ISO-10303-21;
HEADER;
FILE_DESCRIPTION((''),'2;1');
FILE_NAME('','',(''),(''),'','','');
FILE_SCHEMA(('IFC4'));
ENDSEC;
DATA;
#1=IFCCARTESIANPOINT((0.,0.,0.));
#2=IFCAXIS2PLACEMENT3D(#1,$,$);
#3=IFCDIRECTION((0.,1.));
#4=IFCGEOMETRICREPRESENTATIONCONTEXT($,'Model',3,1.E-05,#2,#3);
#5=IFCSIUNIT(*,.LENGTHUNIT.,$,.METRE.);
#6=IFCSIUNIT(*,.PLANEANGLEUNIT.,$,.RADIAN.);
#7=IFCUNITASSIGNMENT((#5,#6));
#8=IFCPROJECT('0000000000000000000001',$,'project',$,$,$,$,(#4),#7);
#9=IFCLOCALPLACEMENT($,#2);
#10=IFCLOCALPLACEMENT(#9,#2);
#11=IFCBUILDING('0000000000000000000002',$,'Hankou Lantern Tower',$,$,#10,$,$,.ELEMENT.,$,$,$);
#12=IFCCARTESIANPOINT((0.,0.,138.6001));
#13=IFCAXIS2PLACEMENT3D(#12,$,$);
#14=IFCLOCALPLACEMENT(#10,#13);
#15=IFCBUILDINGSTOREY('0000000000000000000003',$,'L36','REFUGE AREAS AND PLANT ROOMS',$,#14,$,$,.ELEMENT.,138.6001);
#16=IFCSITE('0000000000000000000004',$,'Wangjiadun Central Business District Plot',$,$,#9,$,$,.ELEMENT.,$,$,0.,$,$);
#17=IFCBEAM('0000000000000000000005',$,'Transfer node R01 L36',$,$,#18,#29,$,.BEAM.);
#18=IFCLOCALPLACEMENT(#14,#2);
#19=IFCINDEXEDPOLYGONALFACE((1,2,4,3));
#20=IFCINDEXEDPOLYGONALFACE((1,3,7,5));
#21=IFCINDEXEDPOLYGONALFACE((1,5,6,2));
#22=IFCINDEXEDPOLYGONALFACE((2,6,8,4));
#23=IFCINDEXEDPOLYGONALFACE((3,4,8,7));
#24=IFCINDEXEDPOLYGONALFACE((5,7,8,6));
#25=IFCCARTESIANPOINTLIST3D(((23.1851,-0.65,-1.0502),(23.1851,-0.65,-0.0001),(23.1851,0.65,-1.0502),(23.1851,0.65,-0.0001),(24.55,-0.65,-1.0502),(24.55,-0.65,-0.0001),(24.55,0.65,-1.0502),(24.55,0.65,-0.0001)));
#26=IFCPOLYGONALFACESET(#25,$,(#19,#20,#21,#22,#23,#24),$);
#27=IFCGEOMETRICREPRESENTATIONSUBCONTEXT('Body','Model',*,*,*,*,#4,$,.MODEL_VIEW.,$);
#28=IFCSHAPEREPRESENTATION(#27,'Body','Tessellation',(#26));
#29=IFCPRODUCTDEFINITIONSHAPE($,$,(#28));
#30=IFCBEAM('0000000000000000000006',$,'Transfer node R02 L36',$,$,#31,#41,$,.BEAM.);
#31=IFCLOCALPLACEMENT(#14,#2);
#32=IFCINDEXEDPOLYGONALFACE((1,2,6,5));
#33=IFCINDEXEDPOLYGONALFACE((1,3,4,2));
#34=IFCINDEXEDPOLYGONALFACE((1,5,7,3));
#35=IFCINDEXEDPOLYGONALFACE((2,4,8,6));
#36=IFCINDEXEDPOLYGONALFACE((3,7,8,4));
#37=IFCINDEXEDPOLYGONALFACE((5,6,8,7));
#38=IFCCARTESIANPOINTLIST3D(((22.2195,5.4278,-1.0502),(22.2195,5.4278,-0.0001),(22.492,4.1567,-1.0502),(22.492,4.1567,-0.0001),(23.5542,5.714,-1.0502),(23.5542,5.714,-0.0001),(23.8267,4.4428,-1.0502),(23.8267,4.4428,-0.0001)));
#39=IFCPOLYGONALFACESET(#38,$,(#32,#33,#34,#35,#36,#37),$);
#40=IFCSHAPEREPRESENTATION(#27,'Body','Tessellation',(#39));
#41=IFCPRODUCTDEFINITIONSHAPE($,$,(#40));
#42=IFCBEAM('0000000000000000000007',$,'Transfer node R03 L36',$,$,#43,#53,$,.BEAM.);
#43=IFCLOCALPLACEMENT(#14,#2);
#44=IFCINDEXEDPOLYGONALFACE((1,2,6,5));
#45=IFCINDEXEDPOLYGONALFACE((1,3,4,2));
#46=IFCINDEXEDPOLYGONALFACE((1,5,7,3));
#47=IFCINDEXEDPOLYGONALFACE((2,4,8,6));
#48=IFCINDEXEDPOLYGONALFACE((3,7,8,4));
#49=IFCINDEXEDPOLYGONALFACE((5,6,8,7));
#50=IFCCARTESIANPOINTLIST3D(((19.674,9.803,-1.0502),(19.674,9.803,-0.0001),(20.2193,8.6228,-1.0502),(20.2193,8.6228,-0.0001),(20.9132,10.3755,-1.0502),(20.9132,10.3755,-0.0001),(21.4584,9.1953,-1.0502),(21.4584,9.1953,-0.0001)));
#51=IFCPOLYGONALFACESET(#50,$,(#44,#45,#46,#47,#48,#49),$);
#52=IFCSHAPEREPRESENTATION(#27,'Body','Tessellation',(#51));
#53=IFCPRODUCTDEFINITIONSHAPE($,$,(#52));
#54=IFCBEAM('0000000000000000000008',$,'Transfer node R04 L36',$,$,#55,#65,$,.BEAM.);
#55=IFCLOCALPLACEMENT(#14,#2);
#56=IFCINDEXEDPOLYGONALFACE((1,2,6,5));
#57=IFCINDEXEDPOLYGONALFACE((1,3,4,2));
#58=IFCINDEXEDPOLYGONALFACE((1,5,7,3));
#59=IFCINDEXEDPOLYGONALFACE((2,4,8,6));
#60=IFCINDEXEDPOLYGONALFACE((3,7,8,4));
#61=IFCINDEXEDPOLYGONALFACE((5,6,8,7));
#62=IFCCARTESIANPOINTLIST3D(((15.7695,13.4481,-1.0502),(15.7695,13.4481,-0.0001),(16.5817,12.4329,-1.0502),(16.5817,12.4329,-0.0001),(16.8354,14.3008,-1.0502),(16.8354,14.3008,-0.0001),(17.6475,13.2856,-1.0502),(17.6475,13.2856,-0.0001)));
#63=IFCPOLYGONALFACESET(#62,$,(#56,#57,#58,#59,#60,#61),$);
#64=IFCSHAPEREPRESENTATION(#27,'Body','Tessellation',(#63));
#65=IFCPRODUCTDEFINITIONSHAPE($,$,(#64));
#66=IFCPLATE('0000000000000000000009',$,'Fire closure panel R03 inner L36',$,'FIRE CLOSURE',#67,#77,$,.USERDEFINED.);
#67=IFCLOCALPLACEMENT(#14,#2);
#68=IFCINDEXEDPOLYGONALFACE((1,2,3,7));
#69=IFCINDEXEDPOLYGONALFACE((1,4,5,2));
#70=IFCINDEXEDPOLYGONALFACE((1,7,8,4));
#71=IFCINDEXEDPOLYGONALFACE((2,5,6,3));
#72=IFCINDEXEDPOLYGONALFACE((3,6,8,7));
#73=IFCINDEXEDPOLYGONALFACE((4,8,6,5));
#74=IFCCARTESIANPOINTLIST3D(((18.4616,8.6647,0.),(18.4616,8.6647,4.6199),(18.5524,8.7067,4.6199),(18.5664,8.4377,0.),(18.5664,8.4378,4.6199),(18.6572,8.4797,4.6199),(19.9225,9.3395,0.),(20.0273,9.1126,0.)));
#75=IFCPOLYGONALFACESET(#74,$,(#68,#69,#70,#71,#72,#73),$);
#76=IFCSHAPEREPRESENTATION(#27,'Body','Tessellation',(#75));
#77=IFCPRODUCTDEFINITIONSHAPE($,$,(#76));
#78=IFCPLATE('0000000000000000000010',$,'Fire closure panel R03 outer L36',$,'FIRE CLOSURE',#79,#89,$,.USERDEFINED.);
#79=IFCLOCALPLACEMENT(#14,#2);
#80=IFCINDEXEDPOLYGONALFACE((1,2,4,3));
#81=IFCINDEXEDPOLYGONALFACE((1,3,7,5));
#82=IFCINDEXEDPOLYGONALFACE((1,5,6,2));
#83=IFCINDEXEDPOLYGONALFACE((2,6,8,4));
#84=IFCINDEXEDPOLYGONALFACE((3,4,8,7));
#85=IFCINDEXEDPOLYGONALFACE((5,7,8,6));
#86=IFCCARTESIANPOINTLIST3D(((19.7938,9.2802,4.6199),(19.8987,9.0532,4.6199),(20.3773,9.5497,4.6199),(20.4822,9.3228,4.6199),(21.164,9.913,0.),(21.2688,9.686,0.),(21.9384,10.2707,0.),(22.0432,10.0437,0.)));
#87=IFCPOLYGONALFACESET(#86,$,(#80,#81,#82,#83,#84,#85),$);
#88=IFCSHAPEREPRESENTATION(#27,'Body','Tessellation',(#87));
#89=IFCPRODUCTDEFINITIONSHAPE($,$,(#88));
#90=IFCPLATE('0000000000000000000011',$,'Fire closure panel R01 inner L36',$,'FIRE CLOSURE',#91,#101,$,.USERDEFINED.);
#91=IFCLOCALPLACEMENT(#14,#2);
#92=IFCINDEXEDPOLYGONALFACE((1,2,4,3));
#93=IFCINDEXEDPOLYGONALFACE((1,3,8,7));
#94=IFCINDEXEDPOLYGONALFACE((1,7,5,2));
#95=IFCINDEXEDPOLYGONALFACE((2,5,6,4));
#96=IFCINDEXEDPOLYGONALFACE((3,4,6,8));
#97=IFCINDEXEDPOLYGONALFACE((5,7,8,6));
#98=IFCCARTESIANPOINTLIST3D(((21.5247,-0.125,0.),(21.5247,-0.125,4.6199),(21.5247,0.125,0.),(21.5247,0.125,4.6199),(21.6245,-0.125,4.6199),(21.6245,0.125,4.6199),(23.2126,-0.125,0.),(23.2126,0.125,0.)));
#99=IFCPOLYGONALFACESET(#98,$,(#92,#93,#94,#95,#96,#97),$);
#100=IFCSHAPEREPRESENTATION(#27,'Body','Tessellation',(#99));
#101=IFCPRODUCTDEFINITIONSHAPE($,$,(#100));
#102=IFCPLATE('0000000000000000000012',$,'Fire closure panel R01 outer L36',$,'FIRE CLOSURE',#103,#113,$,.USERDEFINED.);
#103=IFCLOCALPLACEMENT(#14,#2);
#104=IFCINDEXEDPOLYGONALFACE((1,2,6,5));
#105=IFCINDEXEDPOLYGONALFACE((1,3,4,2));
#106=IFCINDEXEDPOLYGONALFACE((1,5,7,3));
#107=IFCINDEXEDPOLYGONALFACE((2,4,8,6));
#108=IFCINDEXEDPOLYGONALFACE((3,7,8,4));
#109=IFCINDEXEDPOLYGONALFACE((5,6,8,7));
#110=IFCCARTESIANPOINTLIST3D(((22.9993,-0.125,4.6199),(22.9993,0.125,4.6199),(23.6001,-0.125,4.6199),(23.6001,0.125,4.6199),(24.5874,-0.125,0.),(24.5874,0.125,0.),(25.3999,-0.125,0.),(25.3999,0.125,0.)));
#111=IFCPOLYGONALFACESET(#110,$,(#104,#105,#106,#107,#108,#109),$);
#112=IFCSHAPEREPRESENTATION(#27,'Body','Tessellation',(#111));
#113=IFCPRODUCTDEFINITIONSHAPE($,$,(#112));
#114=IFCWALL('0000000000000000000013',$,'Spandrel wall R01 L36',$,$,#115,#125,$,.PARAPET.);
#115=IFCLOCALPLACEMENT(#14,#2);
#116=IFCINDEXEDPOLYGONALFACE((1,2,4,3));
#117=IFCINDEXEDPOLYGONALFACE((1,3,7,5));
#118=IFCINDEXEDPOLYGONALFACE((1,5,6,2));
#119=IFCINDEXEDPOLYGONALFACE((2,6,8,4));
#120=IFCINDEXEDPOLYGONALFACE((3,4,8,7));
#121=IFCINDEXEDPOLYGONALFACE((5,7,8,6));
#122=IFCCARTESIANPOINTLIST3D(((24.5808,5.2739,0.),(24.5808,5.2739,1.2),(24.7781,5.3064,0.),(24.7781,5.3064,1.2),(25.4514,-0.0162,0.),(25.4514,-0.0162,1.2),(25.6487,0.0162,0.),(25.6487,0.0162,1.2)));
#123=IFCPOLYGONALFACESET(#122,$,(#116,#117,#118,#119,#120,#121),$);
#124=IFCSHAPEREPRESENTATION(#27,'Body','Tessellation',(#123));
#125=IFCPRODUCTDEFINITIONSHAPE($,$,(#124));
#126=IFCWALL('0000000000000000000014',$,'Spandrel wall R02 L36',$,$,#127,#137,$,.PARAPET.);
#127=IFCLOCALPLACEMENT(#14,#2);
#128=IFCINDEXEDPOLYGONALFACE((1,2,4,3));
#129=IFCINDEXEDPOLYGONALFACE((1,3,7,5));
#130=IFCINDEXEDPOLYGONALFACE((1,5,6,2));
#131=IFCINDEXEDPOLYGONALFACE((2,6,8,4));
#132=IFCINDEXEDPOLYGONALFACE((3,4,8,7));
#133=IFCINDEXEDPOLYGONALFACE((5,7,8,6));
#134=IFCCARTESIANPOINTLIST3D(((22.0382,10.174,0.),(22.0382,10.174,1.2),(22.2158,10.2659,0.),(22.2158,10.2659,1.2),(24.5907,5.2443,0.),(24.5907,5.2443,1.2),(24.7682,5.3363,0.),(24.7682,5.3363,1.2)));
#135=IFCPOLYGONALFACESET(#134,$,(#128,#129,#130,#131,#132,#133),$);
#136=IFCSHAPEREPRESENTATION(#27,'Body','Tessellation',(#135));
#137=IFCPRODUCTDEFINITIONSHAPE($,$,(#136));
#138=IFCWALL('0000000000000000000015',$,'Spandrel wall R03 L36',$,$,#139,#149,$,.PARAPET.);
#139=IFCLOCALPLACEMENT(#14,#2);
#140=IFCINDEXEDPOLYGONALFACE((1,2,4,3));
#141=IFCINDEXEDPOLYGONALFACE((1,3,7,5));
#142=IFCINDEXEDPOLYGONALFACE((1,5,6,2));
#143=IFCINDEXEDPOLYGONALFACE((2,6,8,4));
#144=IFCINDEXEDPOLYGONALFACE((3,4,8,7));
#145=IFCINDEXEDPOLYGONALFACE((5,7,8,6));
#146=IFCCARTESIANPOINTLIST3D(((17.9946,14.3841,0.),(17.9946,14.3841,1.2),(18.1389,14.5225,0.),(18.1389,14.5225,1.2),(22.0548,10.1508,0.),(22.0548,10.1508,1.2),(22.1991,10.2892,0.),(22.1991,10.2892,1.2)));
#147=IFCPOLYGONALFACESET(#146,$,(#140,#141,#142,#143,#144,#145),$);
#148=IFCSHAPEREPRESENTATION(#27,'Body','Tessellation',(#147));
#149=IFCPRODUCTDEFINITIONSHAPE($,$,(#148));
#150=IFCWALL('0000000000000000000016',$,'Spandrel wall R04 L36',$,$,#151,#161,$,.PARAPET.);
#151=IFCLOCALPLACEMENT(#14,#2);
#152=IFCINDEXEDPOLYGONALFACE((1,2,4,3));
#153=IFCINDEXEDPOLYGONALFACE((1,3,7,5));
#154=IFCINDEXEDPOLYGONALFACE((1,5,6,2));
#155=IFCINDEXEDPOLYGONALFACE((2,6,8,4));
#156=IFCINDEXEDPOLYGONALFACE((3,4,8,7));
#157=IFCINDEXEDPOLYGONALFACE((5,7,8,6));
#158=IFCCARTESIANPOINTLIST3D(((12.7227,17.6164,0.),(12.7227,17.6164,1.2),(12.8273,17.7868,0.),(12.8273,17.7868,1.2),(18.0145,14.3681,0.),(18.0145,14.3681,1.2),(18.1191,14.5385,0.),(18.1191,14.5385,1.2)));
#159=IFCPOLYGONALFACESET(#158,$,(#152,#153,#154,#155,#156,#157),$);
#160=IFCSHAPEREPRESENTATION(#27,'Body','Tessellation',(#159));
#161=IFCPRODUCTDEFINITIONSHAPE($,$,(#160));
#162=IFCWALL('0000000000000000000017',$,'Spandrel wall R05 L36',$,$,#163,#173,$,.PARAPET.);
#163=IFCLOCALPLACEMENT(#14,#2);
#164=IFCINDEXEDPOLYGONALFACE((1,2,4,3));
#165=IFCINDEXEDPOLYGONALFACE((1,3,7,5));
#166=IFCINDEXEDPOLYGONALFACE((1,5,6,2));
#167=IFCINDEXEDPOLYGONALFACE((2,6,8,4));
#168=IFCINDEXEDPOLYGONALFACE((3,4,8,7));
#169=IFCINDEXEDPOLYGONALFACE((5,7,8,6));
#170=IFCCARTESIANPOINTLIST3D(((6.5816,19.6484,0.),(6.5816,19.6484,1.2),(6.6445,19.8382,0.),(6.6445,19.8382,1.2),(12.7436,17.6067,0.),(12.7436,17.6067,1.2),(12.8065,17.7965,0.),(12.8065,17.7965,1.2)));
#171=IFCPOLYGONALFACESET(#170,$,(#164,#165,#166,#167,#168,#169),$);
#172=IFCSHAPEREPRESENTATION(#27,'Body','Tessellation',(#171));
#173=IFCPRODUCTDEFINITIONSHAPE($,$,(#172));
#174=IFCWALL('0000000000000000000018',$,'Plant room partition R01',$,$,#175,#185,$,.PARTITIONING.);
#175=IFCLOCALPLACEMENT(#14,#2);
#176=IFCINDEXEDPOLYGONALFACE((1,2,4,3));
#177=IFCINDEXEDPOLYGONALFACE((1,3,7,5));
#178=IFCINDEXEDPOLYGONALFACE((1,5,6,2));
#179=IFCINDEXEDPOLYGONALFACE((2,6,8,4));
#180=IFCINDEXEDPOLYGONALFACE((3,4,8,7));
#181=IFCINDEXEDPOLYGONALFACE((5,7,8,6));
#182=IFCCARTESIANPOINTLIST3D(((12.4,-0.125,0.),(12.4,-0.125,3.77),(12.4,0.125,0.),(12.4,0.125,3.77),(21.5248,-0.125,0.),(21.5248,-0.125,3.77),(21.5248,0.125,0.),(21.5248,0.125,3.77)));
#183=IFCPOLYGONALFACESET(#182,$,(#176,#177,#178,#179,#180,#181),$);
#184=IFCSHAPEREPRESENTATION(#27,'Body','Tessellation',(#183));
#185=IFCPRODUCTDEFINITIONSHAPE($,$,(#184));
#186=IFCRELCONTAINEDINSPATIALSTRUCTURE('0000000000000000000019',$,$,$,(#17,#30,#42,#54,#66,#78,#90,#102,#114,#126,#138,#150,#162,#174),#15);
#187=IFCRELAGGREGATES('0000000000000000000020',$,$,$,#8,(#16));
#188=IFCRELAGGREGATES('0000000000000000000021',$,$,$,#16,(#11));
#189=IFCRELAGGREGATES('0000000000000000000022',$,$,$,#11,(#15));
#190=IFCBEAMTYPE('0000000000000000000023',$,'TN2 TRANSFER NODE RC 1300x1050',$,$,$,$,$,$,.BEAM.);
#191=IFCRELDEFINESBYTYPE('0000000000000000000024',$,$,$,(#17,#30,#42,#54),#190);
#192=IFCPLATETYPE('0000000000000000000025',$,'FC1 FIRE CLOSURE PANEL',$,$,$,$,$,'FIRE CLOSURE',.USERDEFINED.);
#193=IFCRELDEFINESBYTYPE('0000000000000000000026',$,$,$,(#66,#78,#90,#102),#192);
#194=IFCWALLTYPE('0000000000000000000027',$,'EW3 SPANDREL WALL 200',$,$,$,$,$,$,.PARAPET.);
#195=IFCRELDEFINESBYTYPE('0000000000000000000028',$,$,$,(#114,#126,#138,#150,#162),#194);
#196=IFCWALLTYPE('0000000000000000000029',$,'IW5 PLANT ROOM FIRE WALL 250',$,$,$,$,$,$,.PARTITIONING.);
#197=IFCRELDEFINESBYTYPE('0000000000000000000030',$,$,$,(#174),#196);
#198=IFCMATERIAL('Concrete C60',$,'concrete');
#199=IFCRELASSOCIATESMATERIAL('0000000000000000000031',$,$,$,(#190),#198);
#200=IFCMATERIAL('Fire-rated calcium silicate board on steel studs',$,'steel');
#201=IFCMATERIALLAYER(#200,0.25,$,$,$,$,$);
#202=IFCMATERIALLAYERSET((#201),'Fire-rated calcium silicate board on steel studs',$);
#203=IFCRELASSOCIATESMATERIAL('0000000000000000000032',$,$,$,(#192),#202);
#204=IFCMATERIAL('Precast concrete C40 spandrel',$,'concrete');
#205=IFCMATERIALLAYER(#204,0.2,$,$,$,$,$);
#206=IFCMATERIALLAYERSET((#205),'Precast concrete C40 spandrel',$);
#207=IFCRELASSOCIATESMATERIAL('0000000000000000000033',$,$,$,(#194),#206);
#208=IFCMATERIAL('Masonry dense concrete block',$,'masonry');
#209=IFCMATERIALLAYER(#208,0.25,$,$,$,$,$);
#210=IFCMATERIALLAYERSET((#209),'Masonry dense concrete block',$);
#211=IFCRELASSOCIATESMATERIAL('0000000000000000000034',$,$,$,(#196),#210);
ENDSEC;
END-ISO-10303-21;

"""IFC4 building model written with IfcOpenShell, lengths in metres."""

from ifc_helpers import new_model, si_unit, direction, frame, frame_2d, origin, origin_2d, place, context, subcontext, project, spatial, polyline, rectangle, outline, extrude, material, layer, layer_set, material_profile, profile_set, type_object, element, save


model = new_model("IFC4")

# Units and contexts
model_context = context("Model", 3, precision=1e-05, world=origin(), true_north=direction((0.0, 1.0)))
body_context = subcontext(model_context, "Body", "Model", "MODEL_VIEW")
ifc_project = project(units=[si_unit("LENGTHUNIT", "METRE"), si_unit("PLANEANGLEUNIT", "RADIAN")], contexts=[model_context])

# Site, building, storey
site_placement = place(None, origin())
site = spatial("IfcSite", under=ifc_project, at=site_placement, Name="Wangjiadun Central Business District Plot", CompositionType="ELEMENT", RefElevation=0.0)
building_placement = place(site_placement, origin())
building = spatial("IfcBuilding", under=site, at=building_placement, Name="Hankou Lantern Tower", CompositionType="ELEMENT")
storey_placement = place(building_placement, frame((0.0, 0.0, 138.6001)))
storey = spatial("IfcBuildingStorey", under=building, at=storey_placement, Name="L36", Description="REFUGE AREAS AND PLANT ROOMS", CompositionType="ELEMENT", Elevation=138.6001)

# Beams
ifc_material_1 = material(Name="Concrete C60", Category="concrete")
ifc_material_profile_1 = material_profile(ifc_material_1, rectangle(XDim=1.3, YDim=1.05, at=origin_2d()), Name="RC 1300x1050")
ifc_profile_set_1 = profile_set([ifc_material_profile_1], Name="Concrete C60")
beam_type_1 = type_object("IfcBeamType", Name="TN2 TRANSFER NODE RC 1300x1050", PredefinedType="BEAM", material=ifc_profile_set_1)
for number, where, z_axis, x_axis, name in (
    (1, (24.55, 0.0, -0.5251), (-1.0, 0.0, 0.0), (0.0, -1.0, 0.0), "Transfer node R01 L36"),
    (2, (23.6904, 5.0784, -0.5251), (-0.977784, -0.209615, 0.0), (0.209615, -0.977784, 0.0), "Transfer node R02 L36"),
    (3, (21.1858, 9.7854, -0.5251), (-0.907808, -0.419387, 0.0), (0.419387, -0.907808, 0.0), "Transfer node R03 L36"),
    (4, (17.2415, 13.7932, -0.5251), (-0.780851, -0.624717, 0.0), (0.624717, -0.780851, 0.0), "Transfer node R04 L36"),
):
    element("IfcBeam", number, at=place(storey_placement, frame(where, z_axis=z_axis, x_axis=x_axis)), inside=storey, type_object=beam_type_1, Name=name, PredefinedType="BEAM", context=body_context, shape_type="SweptSolid", body=[
        extrude(rectangle(XDim=1.3, YDim=1.05, at=origin_2d()), origin(), (0.0, 0.0, 1.0), 1.365),
    ])

# Plates
ifc_material_2 = material(Name="Fire-rated calcium silicate board on steel studs", Category="steel")
ifc_layer_1 = layer(ifc_material_2, 0.25)
ifc_layer_set_1 = layer_set([ifc_layer_1], Name="Fire-rated calcium silicate board on steel studs")
plate_type = type_object("IfcPlateType", Name="FC1 FIRE CLOSURE PANEL", ElementType="FIRE CLOSURE", PredefinedType="USERDEFINED", material=ifc_layer_set_1)
plate_1_placement = place(storey_placement, frame((18.5664, 8.4377, 0.0), z_axis=(0.419348, -0.907826, 0.000008), x_axis=(0.907826, 0.419348, 0.0)))
element("IfcPlate", 5, at=plate_1_placement, inside=storey, type_object=plate_type, Name="Fire closure panel R03 inner L36", ObjectType="FIRE CLOSURE", PredefinedType="USERDEFINED", context=body_context, shape_type="SweptSolid", body=[
    extrude(outline(polyline([(0.0, 0.0), (1.6093, 0.0), (0.1001, 4.6199), (0.0, 4.6199), (0.0, 0.0)])), origin(), (0.0, 0.0, -1.0), 0.25),
])
plate_2_placement = place(storey_placement, frame((21.2688, 9.686, 0.0), z_axis=(0.419317, -0.90784, 0.000009), x_axis=(0.90784, 0.419317, 0.0)))
element("IfcPlate", 6, at=plate_2_placement, inside=storey, type_object=plate_type, Name="Fire closure panel R03 outer L36", ObjectType="FIRE CLOSURE", PredefinedType="USERDEFINED", context=body_context, shape_type="SweptSolid", body=[
    extrude(outline(polyline([(0.0, 0.0), (0.853, 0.0), (-0.8665, 4.6199), (-1.5092, 4.6199), (0.0, 0.0)])), origin(), (0.0, 0.0, -1.0), 0.25),
])
plate_3_placement = place(storey_placement, frame((21.5247, 0.125, 0.0), z_axis=(0.0, 1.0, 0.0), x_axis=(1.0, 0.0, 0.0)))
element("IfcPlate", 7, at=plate_3_placement, inside=storey, type_object=plate_type, Name="Fire closure panel R01 inner L36", ObjectType="FIRE CLOSURE", PredefinedType="USERDEFINED", context=body_context, shape_type="SweptSolid", body=[
    extrude(outline(polyline([(0.0, 0.0), (1.688, 0.0), (0.0999, -4.6199), (0.0, -4.6199), (0.0, 0.0)])), origin(), (0.0, 0.0, -1.0), 0.25),
])
plate_4_placement = place(storey_placement, frame((24.5874, 0.125, 0.0), z_axis=(0.0, 1.0, 0.0), x_axis=(1.0, 0.0, 0.0)))
element("IfcPlate", 8, at=plate_4_placement, inside=storey, type_object=plate_type, Name="Fire closure panel R01 outer L36", ObjectType="FIRE CLOSURE", PredefinedType="USERDEFINED", context=body_context, shape_type="SweptSolid", body=[
    extrude(outline(polyline([(0.0, 0.0), (0.8125, 0.0), (-0.9873, -4.6199), (-1.5881, -4.6199), (0.0, 0.0)])), origin(), (0.0, 0.0, -1.0), 0.25),
])

# Walls
ifc_material_3 = material(Name="Precast concrete C40 spandrel", Category="concrete")
ifc_layer_2 = layer(ifc_material_3, 0.2)
ifc_layer_set_2 = layer_set([ifc_layer_2], Name="Precast concrete C40 spandrel")
wall_type_1 = type_object("IfcWallType", Name="EW3 SPANDREL WALL 200", PredefinedType="PARAPET", material=ifc_layer_set_2)
wall_1_placement = place(storey_placement, frame((25.55, 0.0, 0.0), z_axis=(0.0, 0.0, 1.0), x_axis=(-0.162383, 0.986728, 0.0)))
element("IfcWall", 9, at=wall_1_placement, inside=storey, type_object=wall_type_1, Name="Spandrel wall R01 L36", PredefinedType="PARAPET", context=body_context, shape_type="SweptSolid", body=[
    extrude(rectangle(XDim=5.3613, YDim=0.2, at=frame_2d((2.6807, 0.0))), origin(), (0.0, 0.0, 1.0), 1.2),
])
wall_2_placement = place(storey_placement, frame((24.6794, 5.2903, 0.0), z_axis=(0.0, 0.0, 1.0), x_axis=(-0.4598, 0.888023, 0.0)))
element("IfcWall", 10, at=wall_2_placement, inside=storey, type_object=wall_type_1, Name="Spandrel wall R02 L36", PredefinedType="PARAPET", context=body_context, shape_type="SweptSolid", body=[
    extrude(rectangle(XDim=5.5513, YDim=0.2, at=frame_2d((2.7756, 0.0))), origin(), (0.0, 0.0, 1.0), 1.2),
])
wall_3_placement = place(storey_placement, frame((22.127, 10.22, 0.0), z_axis=(0.0, 0.0, 1.0), x_axis=(-0.692198, 0.721707, 0.0)))
element("IfcWall", 11, at=wall_3_placement, inside=storey, type_object=wall_type_1, Name="Spandrel wall R03 L36", PredefinedType="PARAPET", context=body_context, shape_type="SweptSolid", body=[
    extrude(rectangle(XDim=5.8657, YDim=0.2, at=frame_2d((2.9329, 0.0))), origin(), (0.0, 0.0, 1.0), 1.2),
])
wall_4_placement = place(storey_placement, frame((18.0667, 14.4534, 0.0), z_axis=(0.0, 0.0, 1.0), x_axis=(-0.852245, 0.523143, 0.0)))
element("IfcWall", 12, at=wall_4_placement, inside=storey, type_object=wall_type_1, Name="Spandrel wall R04 L36", PredefinedType="PARAPET", context=body_context, shape_type="SweptSolid", body=[
    extrude(rectangle(XDim=6.2092, YDim=0.2, at=frame_2d((3.1045, 0.0))), origin(), (0.0, 0.0, 1.0), 1.2),
])
wall_5_placement = place(storey_placement, frame((12.7749, 17.7017, 0.0), z_axis=(0.0, 0.0, 1.0), x_axis=(-0.94925, 0.314524, 0.0)))
element("IfcWall", 13, at=wall_5_placement, inside=storey, type_object=wall_type_1, Name="Spandrel wall R05 L36", PredefinedType="PARAPET", context=body_context, shape_type="SweptSolid", body=[
    extrude(rectangle(XDim=6.4915, YDim=0.2, at=frame_2d((3.2456, 0.0))), origin(), (0.0, 0.0, 1.0), 1.2),
])

# Shared definitions
ifc_material_4 = material(Name="Masonry dense concrete block", Category="masonry")
ifc_layer_3 = layer(ifc_material_4, 0.25)
ifc_layer_set_3 = layer_set([ifc_layer_3], Name="Masonry dense concrete block")
wall_type_2 = type_object("IfcWallType", Name="IW5 PLANT ROOM FIRE WALL 250", PredefinedType="PARTITIONING", material=ifc_layer_set_3)

# Wall
wall_6_placement = place(storey_placement, frame((12.3999, 0.0, 0.0), z_axis=(0.0, 0.0, 1.0), x_axis=(1.0, 0.0, 0.0)))
element("IfcWall", 14, at=wall_6_placement, inside=storey, type_object=wall_type_2, Name="Plant room partition R01", PredefinedType="PARTITIONING", context=body_context, shape_type="SweptSolid", body=[
    extrude(rectangle(XDim=9.1248, YDim=0.25, at=frame_2d((4.5625, 0.0))), origin(), (0.0, 0.0, 1.0), 3.77),
])

save(model, "model.ifc")
